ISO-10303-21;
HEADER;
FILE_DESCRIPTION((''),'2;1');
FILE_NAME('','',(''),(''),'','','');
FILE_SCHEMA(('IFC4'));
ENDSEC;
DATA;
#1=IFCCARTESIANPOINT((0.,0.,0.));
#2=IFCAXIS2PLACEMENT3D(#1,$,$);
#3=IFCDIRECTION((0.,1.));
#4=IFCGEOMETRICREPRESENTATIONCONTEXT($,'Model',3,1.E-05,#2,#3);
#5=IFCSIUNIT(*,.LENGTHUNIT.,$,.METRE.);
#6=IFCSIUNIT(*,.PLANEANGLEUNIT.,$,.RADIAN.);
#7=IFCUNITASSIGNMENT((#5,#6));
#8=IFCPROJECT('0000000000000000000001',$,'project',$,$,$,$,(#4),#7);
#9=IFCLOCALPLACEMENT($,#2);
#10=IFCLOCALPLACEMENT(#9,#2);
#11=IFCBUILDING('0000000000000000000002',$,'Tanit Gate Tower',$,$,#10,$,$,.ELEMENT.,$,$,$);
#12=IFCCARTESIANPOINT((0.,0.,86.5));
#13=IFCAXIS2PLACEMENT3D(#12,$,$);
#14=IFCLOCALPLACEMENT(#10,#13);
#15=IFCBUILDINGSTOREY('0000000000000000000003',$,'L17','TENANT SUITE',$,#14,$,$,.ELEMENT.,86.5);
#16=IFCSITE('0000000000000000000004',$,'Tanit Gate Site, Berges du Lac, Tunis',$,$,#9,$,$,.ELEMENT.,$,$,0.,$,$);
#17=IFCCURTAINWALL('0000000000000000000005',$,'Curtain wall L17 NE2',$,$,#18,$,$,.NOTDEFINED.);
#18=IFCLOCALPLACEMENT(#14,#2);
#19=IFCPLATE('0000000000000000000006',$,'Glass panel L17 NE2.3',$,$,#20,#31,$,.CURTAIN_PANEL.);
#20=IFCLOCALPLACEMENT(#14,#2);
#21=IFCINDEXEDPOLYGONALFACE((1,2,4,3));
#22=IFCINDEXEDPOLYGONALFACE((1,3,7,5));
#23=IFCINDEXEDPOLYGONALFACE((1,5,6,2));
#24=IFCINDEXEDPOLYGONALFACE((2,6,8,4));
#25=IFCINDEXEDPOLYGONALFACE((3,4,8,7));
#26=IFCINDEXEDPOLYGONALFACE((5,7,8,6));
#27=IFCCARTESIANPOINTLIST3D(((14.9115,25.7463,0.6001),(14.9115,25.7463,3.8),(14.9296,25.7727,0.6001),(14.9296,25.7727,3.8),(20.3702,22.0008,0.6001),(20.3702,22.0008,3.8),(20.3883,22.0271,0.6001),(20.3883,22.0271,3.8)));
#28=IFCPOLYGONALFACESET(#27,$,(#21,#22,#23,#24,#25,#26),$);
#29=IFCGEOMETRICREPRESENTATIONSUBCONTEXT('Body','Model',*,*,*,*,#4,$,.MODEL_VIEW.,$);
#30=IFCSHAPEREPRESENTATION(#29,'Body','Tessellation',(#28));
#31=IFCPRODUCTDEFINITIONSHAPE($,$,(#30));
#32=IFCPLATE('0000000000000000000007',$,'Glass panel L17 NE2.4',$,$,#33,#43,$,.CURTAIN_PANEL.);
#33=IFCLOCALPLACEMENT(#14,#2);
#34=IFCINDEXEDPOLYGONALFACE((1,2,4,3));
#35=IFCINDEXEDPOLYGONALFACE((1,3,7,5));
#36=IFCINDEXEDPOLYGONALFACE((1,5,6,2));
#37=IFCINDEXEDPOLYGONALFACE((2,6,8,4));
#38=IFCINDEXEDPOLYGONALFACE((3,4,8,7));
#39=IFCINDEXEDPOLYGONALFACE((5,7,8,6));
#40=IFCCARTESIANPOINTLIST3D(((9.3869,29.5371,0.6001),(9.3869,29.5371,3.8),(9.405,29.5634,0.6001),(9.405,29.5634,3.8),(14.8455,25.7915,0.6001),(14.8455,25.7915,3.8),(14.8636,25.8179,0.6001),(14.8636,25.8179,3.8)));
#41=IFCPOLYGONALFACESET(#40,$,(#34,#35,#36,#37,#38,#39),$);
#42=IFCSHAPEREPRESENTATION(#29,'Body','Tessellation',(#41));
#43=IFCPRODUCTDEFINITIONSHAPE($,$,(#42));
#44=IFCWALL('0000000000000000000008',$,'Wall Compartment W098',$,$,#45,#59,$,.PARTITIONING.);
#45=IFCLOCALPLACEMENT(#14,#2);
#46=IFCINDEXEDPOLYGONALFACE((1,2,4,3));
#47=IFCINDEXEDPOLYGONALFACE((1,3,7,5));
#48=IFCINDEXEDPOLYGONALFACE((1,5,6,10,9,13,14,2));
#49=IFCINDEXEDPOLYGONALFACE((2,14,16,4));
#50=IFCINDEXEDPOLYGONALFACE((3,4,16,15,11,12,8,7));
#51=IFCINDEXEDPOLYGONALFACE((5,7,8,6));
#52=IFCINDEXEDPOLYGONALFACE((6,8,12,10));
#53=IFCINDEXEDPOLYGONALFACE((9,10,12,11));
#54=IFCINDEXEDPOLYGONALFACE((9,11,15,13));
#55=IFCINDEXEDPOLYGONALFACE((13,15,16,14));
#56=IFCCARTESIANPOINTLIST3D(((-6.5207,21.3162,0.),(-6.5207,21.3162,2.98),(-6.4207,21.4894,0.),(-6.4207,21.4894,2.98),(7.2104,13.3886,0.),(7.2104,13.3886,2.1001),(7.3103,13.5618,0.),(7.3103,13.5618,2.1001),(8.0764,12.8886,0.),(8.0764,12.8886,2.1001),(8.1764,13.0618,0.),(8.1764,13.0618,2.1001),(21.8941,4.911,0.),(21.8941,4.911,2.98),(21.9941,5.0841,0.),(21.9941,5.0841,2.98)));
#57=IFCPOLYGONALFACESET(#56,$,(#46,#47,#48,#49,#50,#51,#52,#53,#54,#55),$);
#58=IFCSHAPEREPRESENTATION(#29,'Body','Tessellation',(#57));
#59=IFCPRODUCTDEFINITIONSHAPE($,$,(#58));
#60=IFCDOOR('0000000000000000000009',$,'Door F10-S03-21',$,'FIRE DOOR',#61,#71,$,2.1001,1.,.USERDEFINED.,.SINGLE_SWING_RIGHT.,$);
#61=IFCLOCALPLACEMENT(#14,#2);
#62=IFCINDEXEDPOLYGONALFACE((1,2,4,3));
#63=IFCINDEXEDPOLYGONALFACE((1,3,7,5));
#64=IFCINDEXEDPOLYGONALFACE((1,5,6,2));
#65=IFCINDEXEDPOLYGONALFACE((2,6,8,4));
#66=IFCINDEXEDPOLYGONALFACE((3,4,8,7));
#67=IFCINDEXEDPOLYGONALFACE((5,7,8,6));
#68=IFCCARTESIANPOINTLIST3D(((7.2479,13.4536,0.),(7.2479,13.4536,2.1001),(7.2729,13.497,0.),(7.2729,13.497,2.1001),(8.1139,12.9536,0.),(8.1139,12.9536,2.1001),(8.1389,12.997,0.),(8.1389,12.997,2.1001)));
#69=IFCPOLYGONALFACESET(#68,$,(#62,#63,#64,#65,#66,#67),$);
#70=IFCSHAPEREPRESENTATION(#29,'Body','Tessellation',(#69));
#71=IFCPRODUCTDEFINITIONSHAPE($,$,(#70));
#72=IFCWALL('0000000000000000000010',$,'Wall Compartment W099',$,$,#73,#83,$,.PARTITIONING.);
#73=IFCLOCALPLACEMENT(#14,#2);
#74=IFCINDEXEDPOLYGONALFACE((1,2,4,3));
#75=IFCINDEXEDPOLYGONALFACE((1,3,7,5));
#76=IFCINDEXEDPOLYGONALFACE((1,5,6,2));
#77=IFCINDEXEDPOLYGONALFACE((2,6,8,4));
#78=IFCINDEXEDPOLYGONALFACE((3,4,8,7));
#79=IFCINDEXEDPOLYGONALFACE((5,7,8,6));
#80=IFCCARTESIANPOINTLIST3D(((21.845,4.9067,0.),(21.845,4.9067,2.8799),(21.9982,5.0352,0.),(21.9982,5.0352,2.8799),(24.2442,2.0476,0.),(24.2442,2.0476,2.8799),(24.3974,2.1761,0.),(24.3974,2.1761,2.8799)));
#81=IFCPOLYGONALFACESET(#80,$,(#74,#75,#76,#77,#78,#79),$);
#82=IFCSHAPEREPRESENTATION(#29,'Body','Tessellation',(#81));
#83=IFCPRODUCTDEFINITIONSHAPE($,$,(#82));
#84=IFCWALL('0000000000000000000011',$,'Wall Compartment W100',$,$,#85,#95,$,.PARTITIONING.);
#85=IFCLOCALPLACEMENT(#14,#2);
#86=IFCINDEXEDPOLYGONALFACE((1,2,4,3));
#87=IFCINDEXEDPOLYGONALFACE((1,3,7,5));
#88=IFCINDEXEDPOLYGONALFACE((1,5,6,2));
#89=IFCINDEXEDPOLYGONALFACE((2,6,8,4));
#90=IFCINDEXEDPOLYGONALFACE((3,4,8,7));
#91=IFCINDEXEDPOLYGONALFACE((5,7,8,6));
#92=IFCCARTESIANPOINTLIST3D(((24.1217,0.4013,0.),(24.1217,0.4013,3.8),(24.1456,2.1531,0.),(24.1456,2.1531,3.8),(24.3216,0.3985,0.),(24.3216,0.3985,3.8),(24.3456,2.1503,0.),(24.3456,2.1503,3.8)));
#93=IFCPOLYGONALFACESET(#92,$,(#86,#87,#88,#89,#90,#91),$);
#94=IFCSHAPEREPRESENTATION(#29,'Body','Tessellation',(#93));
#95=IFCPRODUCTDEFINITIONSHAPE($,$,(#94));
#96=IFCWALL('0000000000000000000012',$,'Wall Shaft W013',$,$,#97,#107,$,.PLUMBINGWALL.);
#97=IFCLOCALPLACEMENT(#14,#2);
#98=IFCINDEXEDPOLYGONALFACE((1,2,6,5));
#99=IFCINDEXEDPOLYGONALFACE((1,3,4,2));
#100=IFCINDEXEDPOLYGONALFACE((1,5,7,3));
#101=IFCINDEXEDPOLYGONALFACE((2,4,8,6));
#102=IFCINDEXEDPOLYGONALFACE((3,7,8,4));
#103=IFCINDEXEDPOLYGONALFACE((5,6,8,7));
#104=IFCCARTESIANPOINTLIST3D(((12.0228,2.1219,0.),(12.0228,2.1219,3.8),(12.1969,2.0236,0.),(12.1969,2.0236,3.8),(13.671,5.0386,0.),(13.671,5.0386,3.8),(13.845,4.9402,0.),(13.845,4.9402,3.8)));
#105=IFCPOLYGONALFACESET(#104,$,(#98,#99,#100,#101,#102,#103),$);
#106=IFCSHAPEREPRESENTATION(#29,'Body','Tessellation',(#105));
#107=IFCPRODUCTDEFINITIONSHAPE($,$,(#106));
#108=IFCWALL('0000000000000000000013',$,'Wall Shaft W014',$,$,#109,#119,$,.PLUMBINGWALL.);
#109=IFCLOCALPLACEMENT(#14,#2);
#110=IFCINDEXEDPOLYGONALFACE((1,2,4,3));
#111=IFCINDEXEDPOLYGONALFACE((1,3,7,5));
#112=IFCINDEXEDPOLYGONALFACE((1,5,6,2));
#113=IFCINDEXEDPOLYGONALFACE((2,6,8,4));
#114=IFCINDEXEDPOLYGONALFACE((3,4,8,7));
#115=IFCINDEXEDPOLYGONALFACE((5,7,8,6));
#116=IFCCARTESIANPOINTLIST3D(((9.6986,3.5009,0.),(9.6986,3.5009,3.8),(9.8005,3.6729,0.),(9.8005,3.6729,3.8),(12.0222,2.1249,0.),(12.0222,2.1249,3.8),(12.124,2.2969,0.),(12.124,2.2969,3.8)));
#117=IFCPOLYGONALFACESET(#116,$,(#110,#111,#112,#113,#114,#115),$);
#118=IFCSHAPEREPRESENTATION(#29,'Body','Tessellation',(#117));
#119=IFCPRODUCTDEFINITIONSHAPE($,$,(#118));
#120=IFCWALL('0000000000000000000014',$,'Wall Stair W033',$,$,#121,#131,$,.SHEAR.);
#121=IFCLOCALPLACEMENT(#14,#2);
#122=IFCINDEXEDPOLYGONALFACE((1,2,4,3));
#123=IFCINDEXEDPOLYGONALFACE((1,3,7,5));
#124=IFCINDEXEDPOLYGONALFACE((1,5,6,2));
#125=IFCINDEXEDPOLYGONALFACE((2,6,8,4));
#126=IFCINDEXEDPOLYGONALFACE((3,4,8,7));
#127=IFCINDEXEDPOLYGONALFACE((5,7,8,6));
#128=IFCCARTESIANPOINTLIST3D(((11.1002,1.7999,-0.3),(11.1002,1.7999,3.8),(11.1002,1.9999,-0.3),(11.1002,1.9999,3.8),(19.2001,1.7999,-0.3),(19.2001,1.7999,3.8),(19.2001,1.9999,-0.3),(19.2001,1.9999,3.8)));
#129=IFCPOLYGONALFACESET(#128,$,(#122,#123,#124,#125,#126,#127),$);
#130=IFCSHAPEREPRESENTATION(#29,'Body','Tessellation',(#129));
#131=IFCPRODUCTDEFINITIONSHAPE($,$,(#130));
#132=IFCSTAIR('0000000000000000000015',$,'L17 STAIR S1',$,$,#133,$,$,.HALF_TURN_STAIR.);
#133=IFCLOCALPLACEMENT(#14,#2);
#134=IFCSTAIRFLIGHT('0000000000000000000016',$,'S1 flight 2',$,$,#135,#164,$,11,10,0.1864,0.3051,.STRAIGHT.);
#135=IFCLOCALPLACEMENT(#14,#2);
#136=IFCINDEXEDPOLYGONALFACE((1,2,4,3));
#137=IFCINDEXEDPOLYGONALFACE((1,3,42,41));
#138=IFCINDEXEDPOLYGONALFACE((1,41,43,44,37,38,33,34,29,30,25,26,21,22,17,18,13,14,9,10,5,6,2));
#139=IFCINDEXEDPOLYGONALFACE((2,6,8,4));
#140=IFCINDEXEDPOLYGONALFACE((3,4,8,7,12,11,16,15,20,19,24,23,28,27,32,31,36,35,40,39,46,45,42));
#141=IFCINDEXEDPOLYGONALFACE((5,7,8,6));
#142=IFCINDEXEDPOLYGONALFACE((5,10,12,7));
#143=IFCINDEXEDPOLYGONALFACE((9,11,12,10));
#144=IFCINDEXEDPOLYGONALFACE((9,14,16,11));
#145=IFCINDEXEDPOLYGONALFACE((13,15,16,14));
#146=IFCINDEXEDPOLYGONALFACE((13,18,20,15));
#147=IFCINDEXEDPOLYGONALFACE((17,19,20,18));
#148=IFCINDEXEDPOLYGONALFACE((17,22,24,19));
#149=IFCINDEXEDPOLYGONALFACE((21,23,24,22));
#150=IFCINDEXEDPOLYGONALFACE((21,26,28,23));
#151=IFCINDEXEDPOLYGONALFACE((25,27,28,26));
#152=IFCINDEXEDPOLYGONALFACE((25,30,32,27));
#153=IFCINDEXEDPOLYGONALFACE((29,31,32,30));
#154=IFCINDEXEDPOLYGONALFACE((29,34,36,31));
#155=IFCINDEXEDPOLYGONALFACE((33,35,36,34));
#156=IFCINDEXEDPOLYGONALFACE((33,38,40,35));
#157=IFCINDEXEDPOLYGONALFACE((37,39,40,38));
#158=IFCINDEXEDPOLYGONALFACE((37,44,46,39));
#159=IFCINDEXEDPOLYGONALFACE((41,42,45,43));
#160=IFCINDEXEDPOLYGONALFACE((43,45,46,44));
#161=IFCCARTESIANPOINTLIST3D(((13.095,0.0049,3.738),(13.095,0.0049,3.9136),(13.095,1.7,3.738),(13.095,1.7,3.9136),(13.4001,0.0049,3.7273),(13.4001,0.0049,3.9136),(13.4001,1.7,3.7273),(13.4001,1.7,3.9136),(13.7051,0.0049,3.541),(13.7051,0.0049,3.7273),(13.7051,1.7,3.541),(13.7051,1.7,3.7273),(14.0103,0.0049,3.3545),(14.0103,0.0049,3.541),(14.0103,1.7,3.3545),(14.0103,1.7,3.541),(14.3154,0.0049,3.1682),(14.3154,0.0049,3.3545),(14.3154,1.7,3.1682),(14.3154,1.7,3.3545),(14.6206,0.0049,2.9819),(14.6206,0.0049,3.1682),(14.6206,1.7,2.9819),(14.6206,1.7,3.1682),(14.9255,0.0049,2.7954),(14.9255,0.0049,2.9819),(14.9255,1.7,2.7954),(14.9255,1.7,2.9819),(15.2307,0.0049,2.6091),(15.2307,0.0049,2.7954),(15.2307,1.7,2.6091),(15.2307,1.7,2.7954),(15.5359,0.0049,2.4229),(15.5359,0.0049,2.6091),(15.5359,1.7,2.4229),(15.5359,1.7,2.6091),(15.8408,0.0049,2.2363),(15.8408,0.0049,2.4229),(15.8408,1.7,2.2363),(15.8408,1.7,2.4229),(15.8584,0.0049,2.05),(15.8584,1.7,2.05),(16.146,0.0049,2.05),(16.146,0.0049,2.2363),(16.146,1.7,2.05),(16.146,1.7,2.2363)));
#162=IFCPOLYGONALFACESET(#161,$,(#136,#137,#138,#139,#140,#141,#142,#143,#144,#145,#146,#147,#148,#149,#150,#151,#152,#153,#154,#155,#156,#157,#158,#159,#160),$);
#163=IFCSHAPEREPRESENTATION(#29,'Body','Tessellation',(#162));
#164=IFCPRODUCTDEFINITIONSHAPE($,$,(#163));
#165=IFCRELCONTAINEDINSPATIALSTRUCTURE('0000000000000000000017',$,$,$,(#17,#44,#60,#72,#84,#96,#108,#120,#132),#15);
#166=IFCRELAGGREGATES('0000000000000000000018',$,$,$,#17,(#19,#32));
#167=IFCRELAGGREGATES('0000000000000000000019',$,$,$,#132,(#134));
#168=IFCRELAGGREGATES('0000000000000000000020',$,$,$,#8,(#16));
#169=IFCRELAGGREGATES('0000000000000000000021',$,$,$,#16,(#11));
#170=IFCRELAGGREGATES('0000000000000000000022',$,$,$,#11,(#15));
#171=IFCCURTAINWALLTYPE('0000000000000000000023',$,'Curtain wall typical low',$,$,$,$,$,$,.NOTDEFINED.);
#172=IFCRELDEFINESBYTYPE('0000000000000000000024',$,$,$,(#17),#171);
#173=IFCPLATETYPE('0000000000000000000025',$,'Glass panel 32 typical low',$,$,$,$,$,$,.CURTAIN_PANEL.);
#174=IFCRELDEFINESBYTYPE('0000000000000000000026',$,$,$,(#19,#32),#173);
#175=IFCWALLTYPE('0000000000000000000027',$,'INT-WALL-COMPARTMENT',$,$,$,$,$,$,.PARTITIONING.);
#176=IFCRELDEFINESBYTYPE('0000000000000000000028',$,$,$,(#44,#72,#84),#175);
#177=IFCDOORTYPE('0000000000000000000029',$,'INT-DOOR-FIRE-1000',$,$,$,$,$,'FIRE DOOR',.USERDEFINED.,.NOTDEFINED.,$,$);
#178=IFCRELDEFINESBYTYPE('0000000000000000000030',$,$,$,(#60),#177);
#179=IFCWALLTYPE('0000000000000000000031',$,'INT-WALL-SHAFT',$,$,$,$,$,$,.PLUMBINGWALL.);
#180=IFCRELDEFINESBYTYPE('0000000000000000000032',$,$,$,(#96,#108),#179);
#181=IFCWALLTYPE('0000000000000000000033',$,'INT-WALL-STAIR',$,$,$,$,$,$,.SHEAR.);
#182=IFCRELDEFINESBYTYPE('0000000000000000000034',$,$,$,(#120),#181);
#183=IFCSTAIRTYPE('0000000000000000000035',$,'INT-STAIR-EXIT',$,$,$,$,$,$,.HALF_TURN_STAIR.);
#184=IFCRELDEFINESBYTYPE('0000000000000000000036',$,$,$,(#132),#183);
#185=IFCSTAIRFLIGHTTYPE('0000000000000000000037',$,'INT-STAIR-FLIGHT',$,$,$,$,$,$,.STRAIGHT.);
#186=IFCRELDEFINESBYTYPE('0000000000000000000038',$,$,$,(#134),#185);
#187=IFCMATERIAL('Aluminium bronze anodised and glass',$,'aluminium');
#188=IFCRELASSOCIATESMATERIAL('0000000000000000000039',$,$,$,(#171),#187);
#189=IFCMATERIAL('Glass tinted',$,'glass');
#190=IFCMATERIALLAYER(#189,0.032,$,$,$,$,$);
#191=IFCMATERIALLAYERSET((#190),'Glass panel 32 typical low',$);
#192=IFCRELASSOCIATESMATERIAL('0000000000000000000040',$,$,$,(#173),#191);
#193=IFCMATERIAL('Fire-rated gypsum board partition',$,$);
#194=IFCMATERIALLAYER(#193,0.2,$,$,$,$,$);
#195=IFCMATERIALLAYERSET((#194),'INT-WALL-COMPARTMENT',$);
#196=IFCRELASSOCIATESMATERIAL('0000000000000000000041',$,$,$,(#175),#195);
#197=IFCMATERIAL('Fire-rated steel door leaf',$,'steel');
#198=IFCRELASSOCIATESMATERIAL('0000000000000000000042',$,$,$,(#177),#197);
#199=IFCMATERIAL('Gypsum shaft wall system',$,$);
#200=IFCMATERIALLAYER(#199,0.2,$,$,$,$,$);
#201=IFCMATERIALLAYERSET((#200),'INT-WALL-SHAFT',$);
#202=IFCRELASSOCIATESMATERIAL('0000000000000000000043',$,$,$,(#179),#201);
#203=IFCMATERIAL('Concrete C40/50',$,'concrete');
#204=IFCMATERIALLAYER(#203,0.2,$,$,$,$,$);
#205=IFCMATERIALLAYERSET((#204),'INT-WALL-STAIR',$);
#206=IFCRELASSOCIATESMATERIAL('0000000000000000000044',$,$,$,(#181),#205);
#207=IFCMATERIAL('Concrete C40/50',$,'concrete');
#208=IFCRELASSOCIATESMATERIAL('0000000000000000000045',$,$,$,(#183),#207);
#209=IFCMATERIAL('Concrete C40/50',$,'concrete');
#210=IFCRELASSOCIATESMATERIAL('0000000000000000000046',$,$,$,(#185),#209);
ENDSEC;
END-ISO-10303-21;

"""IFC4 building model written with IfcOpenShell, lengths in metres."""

from ifc_helpers import new_model, si_unit, direction, frame, frame_2d, origin, origin_2d, place, context, subcontext, project, spatial, polyline, rectangle, outline, extrude, material, layer, layer_set, type_object, element, fill, aggregate, save


model = new_model("IFC4")

# Units and contexts
model_context = context("Model", 3, precision=1e-05, world=origin(), true_north=direction((0.0, 1.0)))
body_context = subcontext(model_context, "Body", "Model", "MODEL_VIEW")
ifc_project = project(units=[si_unit("LENGTHUNIT", "METRE"), si_unit("PLANEANGLEUNIT", "RADIAN")], contexts=[model_context])

# Site, building, storey
site_placement = place(None, origin())
site = spatial("IfcSite", under=ifc_project, at=site_placement, Name="Tanit Gate Site, Berges du Lac, Tunis", CompositionType="ELEMENT", RefElevation=0.0)
building_placement = place(site_placement, origin())
building = spatial("IfcBuilding", under=site, at=building_placement, Name="Tanit Gate Tower", CompositionType="ELEMENT")
storey_placement = place(building_placement, frame((0.0, 0.0, 86.5)))
storey = spatial("IfcBuildingStorey", under=building, at=storey_placement, Name="L17", Description="TENANT SUITE", CompositionType="ELEMENT", Elevation=86.5)

# Curtain wall
ifc_material_1 = material(Name="Aluminium bronze anodised and glass", Category="aluminium")
curtain_wall_type = type_object("IfcCurtainWallType", Name="Curtain wall typical low", PredefinedType="NOTDEFINED", material=ifc_material_1)
curtain_wall_placement = place(storey_placement, origin())
curtain_wall = element("IfcCurtainWall", 1, at=curtain_wall_placement, inside=storey, type_object=curtain_wall_type, Name="Curtain wall L17 NE2", PredefinedType="NOTDEFINED")

# Plates
ifc_material_2 = material(Name="Glass tinted", Category="glass")
ifc_layer_1 = layer(ifc_material_2, 0.032)
ifc_layer_set_1 = layer_set([ifc_layer_1], Name="Glass panel 32 typical low")
plate_type = type_object("IfcPlateType", Name="Glass panel 32 typical low", PredefinedType="CURTAIN_PANEL", material=ifc_layer_set_1)
plate_1_placement = place(storey_placement, frame((17.6499, 23.8867, 0.6001), z_axis=(0.0, 0.0, 1.0), x_axis=(-0.824557, 0.56578, 0.0)))
plate_1 = element("IfcPlate", 2, at=plate_1_placement, type_object=plate_type, Name="Glass panel L17 NE2.3", PredefinedType="CURTAIN_PANEL", context=body_context, shape_type="SweptSolid", body=[
    extrude(rectangle(XDim=6.6201, YDim=0.032, at=origin_2d()), origin(), (0.0, 0.0, 1.0), 3.2),
])
plate_2_placement = place(storey_placement, frame((12.1252, 27.6775, 0.6001), z_axis=(0.0, 0.0, 1.0), x_axis=(-0.824557, 0.56578, 0.0)))
plate_2 = element("IfcPlate", 3, at=plate_2_placement, type_object=plate_type, Name="Glass panel L17 NE2.4", PredefinedType="CURTAIN_PANEL", context=body_context, shape_type="SweptSolid", body=[
    extrude(rectangle(XDim=6.6201, YDim=0.032, at=origin_2d()), origin(), (0.0, 0.0, 1.0), 3.2),
])
aggregate(curtain_wall, [plate_1, plate_2])

# Wall, opening, door
ifc_material_3 = material(Name="Fire-rated gypsum board partition")
ifc_layer_2 = layer(ifc_material_3, 0.2)
ifc_layer_set_2 = layer_set([ifc_layer_2], Name="INT-WALL-COMPARTMENT")
wall_type_1 = type_object("IfcWallType", Name="INT-WALL-COMPARTMENT", PredefinedType="PARTITIONING", material=ifc_layer_set_2)
wall_1_placement = place(storey_placement, frame((21.9441, 4.9976, 0.0), z_axis=(0.0, 0.0, 1.0), x_axis=(-0.866026, 0.5, 0.0)))
wall_1 = element("IfcWall", 4, at=wall_1_placement, inside=storey, type_object=wall_type_1, Name="Wall Compartment W098", PredefinedType="PARTITIONING", context=body_context, shape_type="SweptSolid", body=[
    extrude(rectangle(XDim=32.8105, YDim=0.2, at=frame_2d((16.4053, 0.0))), origin(), (0.0, 0.0, 1.0), 2.98),
])
opening_1_placement = place(wall_1_placement, frame((15.9553, 0.0, 0.0)))
opening_1 = element("IfcOpeningElement", 5, at=opening_1_placement, cuts=wall_1, PredefinedType="OPENING", context=body_context, shape_type="SweptSolid", body=[
    extrude(rectangle(XDim=1.0, YDim=2.1001, at=frame_2d((0.5, 1.05))), frame((0.0, 0.1099, 0.0), z_axis=(0.0, -1.0, 0.0), x_axis=(1.0, 0.0, 0.0)), (0.0, 0.0, 1.0), 0.22),
])
ifc_material_4 = material(Name="Fire-rated steel door leaf", Category="steel")
door_type_1 = type_object("IfcDoorType", Name="INT-DOOR-FIRE-1000", ElementType="FIRE DOOR", OperationType="NOTDEFINED", PredefinedType="USERDEFINED", material=ifc_material_4)
door_1_placement = place(opening_1_placement, origin())
door_1 = element("IfcDoor", 6, at=door_1_placement, inside=storey, type_object=door_type_1, Name="Door F10-S03-21", ObjectType="FIRE DOOR", OperationType="SINGLE_SWING_RIGHT", OverallHeight=2.1001, OverallWidth=1.0, PredefinedType="USERDEFINED", context=body_context, shape_type="SweptSolid", body=[
    extrude(rectangle(XDim=1.0, YDim=2.1001, at=frame_2d((0.5, 1.05))), frame((0.0, 0.0249, 0.0), z_axis=(0.0, -1.0, 0.0), x_axis=(1.0, 0.0, 0.0)), (0.0, 0.0, 1.0), 0.05),
])
fill(opening_1, door_1)

# Walls
wall_2_placement = place(storey_placement, frame((24.3208, 2.1118, 0.0), z_axis=(0.0, 0.0, 1.0), x_axis=(-0.642799, 0.766035, 0.0)))
element("IfcWall", 7, at=wall_2_placement, inside=storey, type_object=wall_type_1, Name="Wall Compartment W099", PredefinedType="PARTITIONING", context=body_context, shape_type="SweptSolid", body=[
    extrude(rectangle(XDim=3.7324, YDim=0.2, at=frame_2d((1.8662, 0.0))), origin(), (0.0, 0.0, 1.0), 2.8799),
])
wall_3_placement = place(storey_placement, frame((24.2217, 0.3999, 0.0), z_axis=(0.0, 0.0, 1.0), x_axis=(0.013657, 0.999907, 0.0)))
element("IfcWall", 8, at=wall_3_placement, inside=storey, type_object=wall_type_1, Name="Wall Compartment W100", PredefinedType="PARTITIONING", context=body_context, shape_type="SweptSolid", body=[
    extrude(rectangle(XDim=1.752, YDim=0.2, at=frame_2d((0.876, 0.0))), origin(), (0.0, 0.0, 1.0), 3.8),
])
ifc_material_5 = material(Name="Gypsum shaft wall system")
ifc_layer_3 = layer(ifc_material_5, 0.2)
ifc_layer_set_3 = layer_set([ifc_layer_3], Name="INT-WALL-SHAFT")
wall_type_2 = type_object("IfcWallType", Name="INT-WALL-SHAFT", PredefinedType="PLUMBINGWALL", material=ifc_layer_set_3)
wall_4_placement = place(storey_placement, frame((12.1099, 2.0728, 0.0), z_axis=(0.0, 0.0, 1.0), x_axis=(0.491966, 0.870614, 0.0)))
element("IfcWall", 9, at=wall_4_placement, inside=storey, type_object=wall_type_2, Name="Wall Shaft W013", PredefinedType="PLUMBINGWALL", context=body_context, shape_type="SweptSolid", body=[
    extrude(rectangle(XDim=3.3501, YDim=0.2, at=frame_2d((1.675, 0.0))), origin(), (0.0, 0.0, 1.0), 3.8),
])
wall_5_placement = place(storey_placement, frame((12.073, 2.2109, 0.0), z_axis=(0.0, 0.0, 1.0), x_axis=(-0.860438, 0.509555, 0.0)))
element("IfcWall", 10, at=wall_5_placement, inside=storey, type_object=wall_type_2, Name="Wall Shaft W014", PredefinedType="PLUMBINGWALL", context=body_context, shape_type="SweptSolid", body=[
    extrude(rectangle(XDim=2.7004, YDim=0.2, at=frame_2d((1.3501, 0.0))), origin(), (0.0, 0.0, 1.0), 3.8),
])
ifc_material_6 = material(Name="Concrete C40/50", Category="concrete")
ifc_layer_4 = layer(ifc_material_6, 0.2)
ifc_layer_set_4 = layer_set([ifc_layer_4], Name="INT-WALL-STAIR")
wall_type_3 = type_object("IfcWallType", Name="INT-WALL-STAIR", PredefinedType="SHEAR", material=ifc_layer_set_4)
wall_6_placement = place(storey_placement, frame((19.2, 1.8999, -0.3), z_axis=(0.0, 0.0, 1.0), x_axis=(-1.0, 0.0, 0.0)))
element("IfcWall", 11, at=wall_6_placement, inside=storey, type_object=wall_type_3, Name="Wall Stair W033", PredefinedType="SHEAR", context=body_context, shape_type="SweptSolid", body=[
    extrude(rectangle(XDim=8.0999, YDim=0.2, at=frame_2d((4.0498, 0.0))), origin(), (0.0, 0.0, 1.0), 4.1001),
])

# Stair, stair flight
ifc_material_7 = material(Name="Concrete C40/50", Category="concrete")
stair_type = type_object("IfcStairType", Name="INT-STAIR-EXIT", PredefinedType="HALF_TURN_STAIR", material=ifc_material_7)
stair_placement = place(storey_placement, origin())
stair = element("IfcStair", 12, at=stair_placement, inside=storey, type_object=stair_type, Name="L17 STAIR S1", PredefinedType="HALF_TURN_STAIR")
ifc_material_8 = material(Name="Concrete C40/50", Category="concrete")
stair_flight_type = type_object("IfcStairFlightType", Name="INT-STAIR-FLIGHT", PredefinedType="STRAIGHT", material=ifc_material_8)
stair_flight_placement = place(storey_placement, frame((16.146, 0.8525, 2.05), z_axis=(0.0, 0.0, 1.0), x_axis=(-1.0, 0.0, 0.0)))
stair_flight = element("IfcStairFlight", 13, at=stair_flight_placement, type_object=stair_flight_type, Name="S1 flight 2", NumberOfRisers=11, NumberOfTreads=10, PredefinedType="STRAIGHT", RiserHeight=0.1864, TreadLength=0.3051, context=body_context, shape_type="SweptSolid", body=[
    extrude(outline(polyline([(0.0, 0.0), (0.0, 0.1863), (0.3052, 0.1863), (0.3052, 0.3728), (0.6101, 0.3728), (0.6101, 0.5591), (0.9153, 0.5591), (0.9153, 0.7454), (1.2205, 0.7454), (1.2205, 0.9319), (1.5254, 0.9319), (1.5254, 1.1182), (1.8306, 1.1182), (1.8306, 1.3044), (2.1357, 1.3044), (2.1357, 1.491), (2.4409, 1.491), (2.4409, 1.6772), (2.7458, 1.6772), (2.7458, 1.8635), (3.051, 1.8635), (3.051, 2.05), (3.051, 1.688), (0.2876, 0.0), (0.0, 0.0)])), frame((0.0, 0.8477, 0.0), z_axis=(0.0, -1.0, 0.0), x_axis=(1.0, 0.0, 0.0)), (0.0, 0.0, 1.0), 1.6951),
])
aggregate(stair, [stair_flight])

save(model, "model.ifc")
